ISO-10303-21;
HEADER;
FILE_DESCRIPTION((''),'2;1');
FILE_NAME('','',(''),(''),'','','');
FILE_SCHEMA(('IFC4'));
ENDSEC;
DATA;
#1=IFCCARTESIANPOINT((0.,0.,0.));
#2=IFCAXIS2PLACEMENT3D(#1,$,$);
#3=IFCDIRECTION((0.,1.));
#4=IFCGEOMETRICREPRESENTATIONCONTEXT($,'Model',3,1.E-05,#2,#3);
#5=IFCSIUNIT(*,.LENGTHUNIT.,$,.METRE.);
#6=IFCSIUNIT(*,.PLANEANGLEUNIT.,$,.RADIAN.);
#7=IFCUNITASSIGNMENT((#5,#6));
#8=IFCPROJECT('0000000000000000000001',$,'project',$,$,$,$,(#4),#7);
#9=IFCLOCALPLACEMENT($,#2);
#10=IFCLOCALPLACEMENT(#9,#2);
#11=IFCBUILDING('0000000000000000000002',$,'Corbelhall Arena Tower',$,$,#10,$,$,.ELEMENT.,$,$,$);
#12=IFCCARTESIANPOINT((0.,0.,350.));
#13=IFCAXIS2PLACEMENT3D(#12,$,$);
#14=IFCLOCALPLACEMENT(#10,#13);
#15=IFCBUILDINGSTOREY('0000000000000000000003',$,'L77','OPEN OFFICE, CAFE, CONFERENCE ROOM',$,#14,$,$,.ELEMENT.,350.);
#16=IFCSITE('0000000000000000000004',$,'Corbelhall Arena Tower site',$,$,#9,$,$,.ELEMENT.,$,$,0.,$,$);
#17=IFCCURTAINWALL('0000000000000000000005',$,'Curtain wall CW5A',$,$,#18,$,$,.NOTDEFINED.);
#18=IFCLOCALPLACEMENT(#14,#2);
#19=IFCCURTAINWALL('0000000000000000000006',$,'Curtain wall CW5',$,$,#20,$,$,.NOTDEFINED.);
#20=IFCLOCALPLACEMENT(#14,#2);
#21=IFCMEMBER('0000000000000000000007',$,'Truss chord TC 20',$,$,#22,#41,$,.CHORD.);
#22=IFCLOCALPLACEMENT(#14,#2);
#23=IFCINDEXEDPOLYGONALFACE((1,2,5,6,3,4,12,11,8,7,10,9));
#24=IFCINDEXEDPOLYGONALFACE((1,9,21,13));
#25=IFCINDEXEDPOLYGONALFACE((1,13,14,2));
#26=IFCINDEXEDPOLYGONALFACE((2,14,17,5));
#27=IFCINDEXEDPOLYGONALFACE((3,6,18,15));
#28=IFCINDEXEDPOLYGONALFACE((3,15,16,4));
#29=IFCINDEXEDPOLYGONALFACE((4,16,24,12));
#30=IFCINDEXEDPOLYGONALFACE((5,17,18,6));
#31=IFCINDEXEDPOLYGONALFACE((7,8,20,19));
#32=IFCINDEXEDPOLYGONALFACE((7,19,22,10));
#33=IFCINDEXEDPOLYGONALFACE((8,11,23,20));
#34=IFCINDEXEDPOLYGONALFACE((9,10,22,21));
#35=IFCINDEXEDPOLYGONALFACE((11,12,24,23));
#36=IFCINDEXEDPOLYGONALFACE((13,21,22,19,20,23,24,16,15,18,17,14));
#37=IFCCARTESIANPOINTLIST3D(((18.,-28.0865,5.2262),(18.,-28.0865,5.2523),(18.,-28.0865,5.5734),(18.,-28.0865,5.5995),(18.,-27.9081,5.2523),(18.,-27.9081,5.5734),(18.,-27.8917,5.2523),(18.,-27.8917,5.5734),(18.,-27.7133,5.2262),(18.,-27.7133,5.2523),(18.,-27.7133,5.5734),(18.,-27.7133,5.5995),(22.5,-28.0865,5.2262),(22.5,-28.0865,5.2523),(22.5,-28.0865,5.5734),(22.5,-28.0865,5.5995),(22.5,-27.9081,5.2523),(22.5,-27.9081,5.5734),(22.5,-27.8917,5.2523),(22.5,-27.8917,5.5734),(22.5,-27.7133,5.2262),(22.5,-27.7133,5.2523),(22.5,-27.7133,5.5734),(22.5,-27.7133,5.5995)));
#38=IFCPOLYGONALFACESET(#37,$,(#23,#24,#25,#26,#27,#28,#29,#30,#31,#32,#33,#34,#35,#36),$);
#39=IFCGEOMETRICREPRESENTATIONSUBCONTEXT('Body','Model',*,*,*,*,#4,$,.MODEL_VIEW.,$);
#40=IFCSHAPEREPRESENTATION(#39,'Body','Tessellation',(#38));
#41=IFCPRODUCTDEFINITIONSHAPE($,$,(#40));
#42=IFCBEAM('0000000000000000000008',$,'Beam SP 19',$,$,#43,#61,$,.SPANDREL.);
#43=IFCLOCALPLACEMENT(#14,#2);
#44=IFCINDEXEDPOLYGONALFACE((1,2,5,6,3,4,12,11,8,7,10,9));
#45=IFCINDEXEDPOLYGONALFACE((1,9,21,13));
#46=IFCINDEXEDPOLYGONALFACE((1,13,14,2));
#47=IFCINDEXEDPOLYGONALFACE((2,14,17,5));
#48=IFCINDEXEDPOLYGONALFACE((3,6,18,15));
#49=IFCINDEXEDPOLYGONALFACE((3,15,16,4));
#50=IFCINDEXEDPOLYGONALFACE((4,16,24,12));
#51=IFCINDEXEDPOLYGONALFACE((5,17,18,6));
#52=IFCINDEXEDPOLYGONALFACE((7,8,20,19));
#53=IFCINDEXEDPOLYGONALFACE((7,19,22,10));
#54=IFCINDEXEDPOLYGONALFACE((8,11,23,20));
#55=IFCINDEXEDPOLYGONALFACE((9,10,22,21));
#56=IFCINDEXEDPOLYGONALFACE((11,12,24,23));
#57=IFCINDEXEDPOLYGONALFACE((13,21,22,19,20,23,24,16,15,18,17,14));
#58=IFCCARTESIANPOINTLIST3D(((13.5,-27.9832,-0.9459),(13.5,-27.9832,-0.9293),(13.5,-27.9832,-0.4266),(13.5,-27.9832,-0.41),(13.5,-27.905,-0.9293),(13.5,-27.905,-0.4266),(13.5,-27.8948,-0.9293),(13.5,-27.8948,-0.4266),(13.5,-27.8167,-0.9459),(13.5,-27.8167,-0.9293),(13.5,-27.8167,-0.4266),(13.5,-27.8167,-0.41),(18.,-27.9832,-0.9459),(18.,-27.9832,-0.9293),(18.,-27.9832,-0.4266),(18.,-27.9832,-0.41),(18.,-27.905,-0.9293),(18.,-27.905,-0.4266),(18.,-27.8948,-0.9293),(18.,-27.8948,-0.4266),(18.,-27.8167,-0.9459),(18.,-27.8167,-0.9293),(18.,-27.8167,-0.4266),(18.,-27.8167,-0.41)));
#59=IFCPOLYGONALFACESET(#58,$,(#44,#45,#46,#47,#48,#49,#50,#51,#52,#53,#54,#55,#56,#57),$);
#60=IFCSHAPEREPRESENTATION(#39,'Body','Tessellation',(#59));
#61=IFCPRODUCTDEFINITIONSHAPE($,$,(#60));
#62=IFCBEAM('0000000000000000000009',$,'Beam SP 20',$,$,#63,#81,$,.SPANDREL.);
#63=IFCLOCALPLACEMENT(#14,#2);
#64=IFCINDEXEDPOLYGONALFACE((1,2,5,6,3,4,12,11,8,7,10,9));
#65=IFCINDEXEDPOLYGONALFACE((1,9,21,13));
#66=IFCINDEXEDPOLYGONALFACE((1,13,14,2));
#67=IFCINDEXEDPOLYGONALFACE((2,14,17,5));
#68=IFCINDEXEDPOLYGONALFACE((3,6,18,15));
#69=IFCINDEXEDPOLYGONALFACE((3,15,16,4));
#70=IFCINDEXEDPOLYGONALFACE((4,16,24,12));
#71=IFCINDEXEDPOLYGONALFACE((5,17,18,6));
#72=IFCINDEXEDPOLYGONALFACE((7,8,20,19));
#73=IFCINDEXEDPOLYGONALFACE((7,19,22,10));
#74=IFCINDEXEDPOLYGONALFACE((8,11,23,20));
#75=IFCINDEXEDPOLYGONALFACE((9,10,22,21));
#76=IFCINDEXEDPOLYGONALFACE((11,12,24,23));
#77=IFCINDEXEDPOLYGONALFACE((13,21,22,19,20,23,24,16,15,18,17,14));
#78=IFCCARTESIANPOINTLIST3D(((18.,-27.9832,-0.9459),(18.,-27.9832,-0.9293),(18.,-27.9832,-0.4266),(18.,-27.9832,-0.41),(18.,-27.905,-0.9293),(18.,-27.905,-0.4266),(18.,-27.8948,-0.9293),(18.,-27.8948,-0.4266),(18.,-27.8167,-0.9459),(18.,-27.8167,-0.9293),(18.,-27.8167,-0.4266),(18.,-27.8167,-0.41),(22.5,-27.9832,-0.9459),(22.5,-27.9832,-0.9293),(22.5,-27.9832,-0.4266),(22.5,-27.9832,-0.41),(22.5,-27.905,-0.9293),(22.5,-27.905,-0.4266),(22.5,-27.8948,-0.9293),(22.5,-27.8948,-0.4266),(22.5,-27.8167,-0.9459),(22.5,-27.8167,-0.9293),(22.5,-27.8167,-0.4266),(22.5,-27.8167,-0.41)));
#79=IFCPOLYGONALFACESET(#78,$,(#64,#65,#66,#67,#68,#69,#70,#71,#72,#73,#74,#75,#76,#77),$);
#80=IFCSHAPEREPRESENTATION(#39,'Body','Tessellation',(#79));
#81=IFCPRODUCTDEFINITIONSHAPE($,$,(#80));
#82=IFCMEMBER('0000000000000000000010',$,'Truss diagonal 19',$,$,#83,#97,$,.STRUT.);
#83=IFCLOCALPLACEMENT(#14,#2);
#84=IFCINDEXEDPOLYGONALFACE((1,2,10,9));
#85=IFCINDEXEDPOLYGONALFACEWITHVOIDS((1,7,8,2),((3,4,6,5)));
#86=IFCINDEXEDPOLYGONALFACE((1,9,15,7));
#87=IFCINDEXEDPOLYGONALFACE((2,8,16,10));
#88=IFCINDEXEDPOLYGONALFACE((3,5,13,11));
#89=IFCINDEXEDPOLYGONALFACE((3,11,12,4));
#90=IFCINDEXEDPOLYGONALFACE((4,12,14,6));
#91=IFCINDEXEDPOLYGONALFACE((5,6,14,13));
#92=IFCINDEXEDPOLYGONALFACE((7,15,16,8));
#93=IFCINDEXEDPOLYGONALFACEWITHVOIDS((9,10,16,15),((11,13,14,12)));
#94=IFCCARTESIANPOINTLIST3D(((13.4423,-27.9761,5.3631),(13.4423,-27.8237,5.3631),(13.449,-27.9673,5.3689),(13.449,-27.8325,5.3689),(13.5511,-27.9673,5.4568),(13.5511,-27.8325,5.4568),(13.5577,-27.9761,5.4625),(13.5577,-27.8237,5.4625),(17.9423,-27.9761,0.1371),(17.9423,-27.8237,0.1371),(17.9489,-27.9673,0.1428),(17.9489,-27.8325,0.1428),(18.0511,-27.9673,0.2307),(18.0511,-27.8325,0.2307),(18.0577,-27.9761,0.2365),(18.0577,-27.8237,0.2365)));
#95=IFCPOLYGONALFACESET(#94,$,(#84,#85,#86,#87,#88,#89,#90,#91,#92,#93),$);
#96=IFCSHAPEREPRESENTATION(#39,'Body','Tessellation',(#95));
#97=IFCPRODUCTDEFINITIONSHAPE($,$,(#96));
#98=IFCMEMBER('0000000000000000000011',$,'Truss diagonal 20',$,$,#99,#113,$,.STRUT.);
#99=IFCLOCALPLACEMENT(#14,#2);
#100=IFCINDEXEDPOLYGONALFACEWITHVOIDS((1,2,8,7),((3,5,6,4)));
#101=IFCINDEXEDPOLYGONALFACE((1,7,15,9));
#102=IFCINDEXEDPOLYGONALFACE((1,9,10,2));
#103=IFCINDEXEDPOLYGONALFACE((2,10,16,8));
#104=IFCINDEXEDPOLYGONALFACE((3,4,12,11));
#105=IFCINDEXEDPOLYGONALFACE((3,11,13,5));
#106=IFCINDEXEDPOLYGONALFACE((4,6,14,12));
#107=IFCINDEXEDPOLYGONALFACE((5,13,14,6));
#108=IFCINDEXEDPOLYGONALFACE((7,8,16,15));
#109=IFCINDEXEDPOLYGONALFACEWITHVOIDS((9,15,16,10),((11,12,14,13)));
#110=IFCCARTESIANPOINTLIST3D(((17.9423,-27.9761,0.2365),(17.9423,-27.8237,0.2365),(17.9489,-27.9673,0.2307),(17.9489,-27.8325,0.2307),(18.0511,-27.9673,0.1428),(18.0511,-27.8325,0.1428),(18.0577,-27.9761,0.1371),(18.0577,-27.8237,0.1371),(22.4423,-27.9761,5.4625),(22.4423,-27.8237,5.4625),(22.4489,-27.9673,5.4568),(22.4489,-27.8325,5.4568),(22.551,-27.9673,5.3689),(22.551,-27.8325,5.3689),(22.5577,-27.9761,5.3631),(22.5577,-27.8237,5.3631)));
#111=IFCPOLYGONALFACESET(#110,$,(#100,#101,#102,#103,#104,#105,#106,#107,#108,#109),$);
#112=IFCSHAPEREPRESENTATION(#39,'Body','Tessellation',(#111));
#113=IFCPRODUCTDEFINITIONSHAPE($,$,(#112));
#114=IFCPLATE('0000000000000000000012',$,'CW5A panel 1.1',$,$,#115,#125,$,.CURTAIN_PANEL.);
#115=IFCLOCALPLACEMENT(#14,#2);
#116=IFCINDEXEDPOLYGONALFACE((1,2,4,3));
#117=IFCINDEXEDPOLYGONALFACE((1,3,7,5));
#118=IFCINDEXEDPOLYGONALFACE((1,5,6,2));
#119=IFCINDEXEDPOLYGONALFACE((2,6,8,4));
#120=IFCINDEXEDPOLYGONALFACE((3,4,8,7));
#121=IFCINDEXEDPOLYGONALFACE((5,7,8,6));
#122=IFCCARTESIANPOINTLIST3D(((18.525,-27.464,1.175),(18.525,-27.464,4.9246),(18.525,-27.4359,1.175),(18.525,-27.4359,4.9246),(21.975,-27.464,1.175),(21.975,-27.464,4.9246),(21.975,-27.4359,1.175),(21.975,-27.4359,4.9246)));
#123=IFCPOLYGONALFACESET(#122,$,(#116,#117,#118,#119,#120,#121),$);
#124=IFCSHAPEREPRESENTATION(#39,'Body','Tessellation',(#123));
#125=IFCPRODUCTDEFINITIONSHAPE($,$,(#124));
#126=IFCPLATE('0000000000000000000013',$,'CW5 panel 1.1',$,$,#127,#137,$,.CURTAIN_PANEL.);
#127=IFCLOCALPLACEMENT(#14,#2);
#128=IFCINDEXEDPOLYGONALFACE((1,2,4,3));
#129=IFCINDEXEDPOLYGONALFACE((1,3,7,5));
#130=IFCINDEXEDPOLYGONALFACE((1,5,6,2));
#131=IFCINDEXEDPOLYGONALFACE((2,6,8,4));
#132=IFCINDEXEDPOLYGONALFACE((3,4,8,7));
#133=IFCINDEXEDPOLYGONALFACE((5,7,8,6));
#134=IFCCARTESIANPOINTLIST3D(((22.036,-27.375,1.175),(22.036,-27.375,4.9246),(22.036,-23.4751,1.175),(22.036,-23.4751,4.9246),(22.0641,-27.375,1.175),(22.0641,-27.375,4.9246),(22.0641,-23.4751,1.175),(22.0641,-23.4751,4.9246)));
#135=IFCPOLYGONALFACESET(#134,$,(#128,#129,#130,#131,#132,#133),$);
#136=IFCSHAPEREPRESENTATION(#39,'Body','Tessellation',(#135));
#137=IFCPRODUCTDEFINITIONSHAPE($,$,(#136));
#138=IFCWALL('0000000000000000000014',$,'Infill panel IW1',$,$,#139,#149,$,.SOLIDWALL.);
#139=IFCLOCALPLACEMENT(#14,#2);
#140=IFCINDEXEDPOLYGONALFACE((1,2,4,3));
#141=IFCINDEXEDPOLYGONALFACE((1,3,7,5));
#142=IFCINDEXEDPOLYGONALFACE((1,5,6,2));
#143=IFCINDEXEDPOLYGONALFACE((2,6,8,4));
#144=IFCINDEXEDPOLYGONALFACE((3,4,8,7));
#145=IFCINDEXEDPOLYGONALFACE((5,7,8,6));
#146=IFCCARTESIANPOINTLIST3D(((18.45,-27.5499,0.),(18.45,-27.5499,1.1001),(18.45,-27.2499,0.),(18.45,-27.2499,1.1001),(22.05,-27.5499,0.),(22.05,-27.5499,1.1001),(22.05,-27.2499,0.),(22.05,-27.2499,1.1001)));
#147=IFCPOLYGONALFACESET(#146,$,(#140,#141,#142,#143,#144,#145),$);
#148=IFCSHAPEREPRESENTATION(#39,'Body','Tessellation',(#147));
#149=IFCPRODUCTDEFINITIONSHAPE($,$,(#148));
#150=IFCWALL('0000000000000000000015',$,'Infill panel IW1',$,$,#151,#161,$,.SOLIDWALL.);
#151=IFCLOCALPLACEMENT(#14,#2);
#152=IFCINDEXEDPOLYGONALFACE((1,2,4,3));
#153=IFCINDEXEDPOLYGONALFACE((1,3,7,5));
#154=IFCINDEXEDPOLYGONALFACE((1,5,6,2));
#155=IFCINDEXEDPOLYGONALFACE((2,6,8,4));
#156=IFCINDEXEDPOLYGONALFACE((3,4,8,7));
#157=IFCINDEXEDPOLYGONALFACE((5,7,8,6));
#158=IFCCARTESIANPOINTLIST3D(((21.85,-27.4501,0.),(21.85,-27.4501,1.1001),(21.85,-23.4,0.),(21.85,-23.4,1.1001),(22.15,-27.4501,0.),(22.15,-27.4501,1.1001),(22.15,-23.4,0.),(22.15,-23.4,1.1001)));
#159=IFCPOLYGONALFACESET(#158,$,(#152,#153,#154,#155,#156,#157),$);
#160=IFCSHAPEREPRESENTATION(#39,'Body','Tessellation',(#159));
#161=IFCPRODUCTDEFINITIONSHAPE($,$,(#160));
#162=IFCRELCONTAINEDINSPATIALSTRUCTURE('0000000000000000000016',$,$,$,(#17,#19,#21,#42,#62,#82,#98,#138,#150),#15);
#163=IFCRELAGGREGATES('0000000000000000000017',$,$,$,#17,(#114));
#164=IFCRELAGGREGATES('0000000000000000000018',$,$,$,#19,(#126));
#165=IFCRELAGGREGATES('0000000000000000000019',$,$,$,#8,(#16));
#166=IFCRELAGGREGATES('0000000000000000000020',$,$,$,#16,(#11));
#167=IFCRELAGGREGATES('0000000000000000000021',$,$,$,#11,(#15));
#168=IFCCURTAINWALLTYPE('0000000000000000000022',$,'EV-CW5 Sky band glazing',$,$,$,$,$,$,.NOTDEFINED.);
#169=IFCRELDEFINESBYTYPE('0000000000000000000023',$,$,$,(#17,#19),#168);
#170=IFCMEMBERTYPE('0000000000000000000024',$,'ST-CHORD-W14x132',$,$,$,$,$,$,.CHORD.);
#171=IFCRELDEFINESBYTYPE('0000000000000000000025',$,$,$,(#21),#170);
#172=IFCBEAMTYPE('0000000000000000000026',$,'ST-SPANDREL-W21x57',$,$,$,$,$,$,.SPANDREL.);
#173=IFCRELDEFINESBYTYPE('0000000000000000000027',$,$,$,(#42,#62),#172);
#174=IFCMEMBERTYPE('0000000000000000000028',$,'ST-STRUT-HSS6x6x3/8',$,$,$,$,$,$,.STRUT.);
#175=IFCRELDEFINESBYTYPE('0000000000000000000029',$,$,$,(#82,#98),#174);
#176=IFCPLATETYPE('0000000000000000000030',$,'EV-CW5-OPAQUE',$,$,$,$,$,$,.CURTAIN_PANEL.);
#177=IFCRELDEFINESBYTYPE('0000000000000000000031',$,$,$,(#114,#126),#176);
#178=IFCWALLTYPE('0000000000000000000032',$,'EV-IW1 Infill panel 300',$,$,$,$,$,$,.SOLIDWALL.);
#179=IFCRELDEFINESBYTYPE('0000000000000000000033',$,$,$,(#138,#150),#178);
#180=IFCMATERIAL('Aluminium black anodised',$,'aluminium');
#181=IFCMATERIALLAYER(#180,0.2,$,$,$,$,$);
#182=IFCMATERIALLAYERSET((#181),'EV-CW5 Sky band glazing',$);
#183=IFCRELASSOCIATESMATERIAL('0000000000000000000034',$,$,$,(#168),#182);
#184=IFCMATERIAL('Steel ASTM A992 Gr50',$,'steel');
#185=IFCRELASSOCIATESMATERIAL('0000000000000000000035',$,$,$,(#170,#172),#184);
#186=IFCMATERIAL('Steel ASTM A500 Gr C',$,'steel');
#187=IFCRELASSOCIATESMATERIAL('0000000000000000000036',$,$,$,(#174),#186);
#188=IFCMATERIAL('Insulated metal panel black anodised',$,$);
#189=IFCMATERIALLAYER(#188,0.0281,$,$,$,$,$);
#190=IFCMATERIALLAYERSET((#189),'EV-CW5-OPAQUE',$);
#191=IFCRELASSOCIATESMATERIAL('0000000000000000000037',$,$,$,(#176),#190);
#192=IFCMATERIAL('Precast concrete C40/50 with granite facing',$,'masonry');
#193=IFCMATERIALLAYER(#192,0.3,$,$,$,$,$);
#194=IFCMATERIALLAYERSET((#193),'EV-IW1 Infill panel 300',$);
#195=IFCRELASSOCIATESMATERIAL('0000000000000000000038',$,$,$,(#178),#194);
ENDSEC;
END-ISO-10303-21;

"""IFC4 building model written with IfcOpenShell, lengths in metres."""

from ifc_helpers import new_model, si_unit, direction, frame, frame_2d, origin, origin_2d, place, context, subcontext, project, spatial, rectangle, hollow_rectangle, i_section, extrude, material, layer, layer_set, material_profile, profile_set, type_object, element, aggregate, save


model = new_model("IFC4")

# Units and contexts
model_context = context("Model", 3, precision=1e-05, world=origin(), true_north=direction((0.0, 1.0)))
body_context = subcontext(model_context, "Body", "Model", "MODEL_VIEW")
ifc_project = project(units=[si_unit("LENGTHUNIT", "METRE"), si_unit("PLANEANGLEUNIT", "RADIAN")], contexts=[model_context])

# Site, building, storey
site_placement = place(None, origin())
site = spatial("IfcSite", under=ifc_project, at=site_placement, Name="Corbelhall Arena Tower site", CompositionType="ELEMENT", RefElevation=0.0)
building_placement = place(site_placement, origin())
building = spatial("IfcBuilding", under=site, at=building_placement, Name="Corbelhall Arena Tower", CompositionType="ELEMENT")
storey_placement = place(building_placement, frame((0.0, 0.0, 350.0)))
storey = spatial("IfcBuildingStorey", under=building, at=storey_placement, Name="L77", Description="OPEN OFFICE, CAFE, CONFERENCE ROOM", CompositionType="ELEMENT", Elevation=350.0)

# Curtain walls
ifc_material_1 = material(Name="Aluminium black anodised", Category="aluminium")
ifc_layer_1 = layer(ifc_material_1, 0.2)
ifc_layer_set_1 = layer_set([ifc_layer_1], Name="EV-CW5 Sky band glazing")
curtain_wall_type = type_object("IfcCurtainWallType", Name="EV-CW5 Sky band glazing", PredefinedType="NOTDEFINED", material=ifc_layer_set_1)
curtain_wall_1_placement = place(storey_placement, origin())
curtain_wall_1 = element("IfcCurtainWall", 1, at=curtain_wall_1_placement, inside=storey, type_object=curtain_wall_type, Name="Curtain wall CW5A", PredefinedType="NOTDEFINED")
curtain_wall_2_placement = place(storey_placement, origin())
curtain_wall_2 = element("IfcCurtainWall", 2, at=curtain_wall_2_placement, inside=storey, type_object=curtain_wall_type, Name="Curtain wall CW5", PredefinedType="NOTDEFINED")

# Member
ifc_material_2 = material(Name="Steel ASTM A992 Gr50", Category="steel")
ifc_material_profile_1 = material_profile(ifc_material_2, i_section(OverallWidth=0.3733, OverallDepth=0.3733, WebThickness=0.0164, FlangeThickness=0.0261, at=origin_2d()))
ifc_profile_set_1 = profile_set([ifc_material_profile_1], Name="Steel ASTM A992 Gr50")
member_type_1 = type_object("IfcMemberType", Name="ST-CHORD-W14x132", PredefinedType="CHORD", material=ifc_profile_set_1)
for number, where, z_axis, x_axis, name in (
    (3, (22.5, -27.8999, 5.4128), (-1.0, 0.0, 0.0), (0.0, -1.0, 0.0), "Truss chord TC 20"),
):
    element("IfcMember", number, at=place(storey_placement, frame(where, z_axis=z_axis, x_axis=x_axis)), inside=storey, type_object=member_type_1, Name=name, PredefinedType="CHORD", context=body_context, shape_type="SweptSolid", body=[
        extrude(i_section(OverallWidth=0.3733, OverallDepth=0.3733, WebThickness=0.0164, FlangeThickness=0.0261, at=origin_2d()), origin(), (0.0, 0.0, 1.0), 4.5),
    ])

# Beams
ifc_material_profile_2 = material_profile(ifc_material_2, i_section(OverallWidth=0.1665, OverallDepth=0.5359, WebThickness=0.0103, FlangeThickness=0.0166, at=origin_2d()))
ifc_profile_set_2 = profile_set([ifc_material_profile_2], Name="Steel ASTM A992 Gr50")
beam_type = type_object("IfcBeamType", Name="ST-SPANDREL-W21x57", PredefinedType="SPANDREL", material=ifc_profile_set_2)
for number, where, z_axis, x_axis, name in (
    (4, (18.0, -27.8999, -0.678), (-1.0, 0.0, 0.0), (0.0, -1.0, 0.0), "Beam SP 19"),
    (5, (22.5, -27.8999, -0.678), (-1.0, 0.0, 0.0), (0.0, -1.0, 0.0), "Beam SP 20"),
):
    element("IfcBeam", number, at=place(storey_placement, frame(where, z_axis=z_axis, x_axis=x_axis)), inside=storey, type_object=beam_type, Name=name, PredefinedType="SPANDREL", context=body_context, shape_type="SweptSolid", body=[
        extrude(i_section(OverallWidth=0.1665, OverallDepth=0.5359, WebThickness=0.0103, FlangeThickness=0.0166, at=origin_2d()), origin(), (0.0, 0.0, 1.0), 4.5),
    ])

# Members
ifc_material_3 = material(Name="Steel ASTM A500 Gr C", Category="steel")
ifc_material_profile_3 = material_profile(ifc_material_3, hollow_rectangle(XDim=0.1523, YDim=0.1523, WallThickness=0.0088, at=origin_2d()))
ifc_profile_set_3 = profile_set([ifc_material_profile_3], Name="Steel ASTM A500 Gr C")
member_type_2 = type_object("IfcMemberType", Name="ST-STRUT-HSS6x6x3/8", PredefinedType="STRUT", material=ifc_profile_set_3)
for number, where, z_axis, x_axis, name in (
    (6, (18.0, -27.8999, 0.1868), (-0.652504, 0.0, 0.757785), (0.0, -1.0, 0.0), "Truss diagonal 19"),
    (7, (18.0, -27.8999, 0.1868), (0.652504, 0.0, 0.757785), (0.0, 1.0, 0.0), "Truss diagonal 20"),
):
    element("IfcMember", number, at=place(storey_placement, frame(where, z_axis=z_axis, x_axis=x_axis)), inside=storey, type_object=member_type_2, Name=name, PredefinedType="STRUT", context=body_context, shape_type="SweptSolid", body=[
        extrude(hollow_rectangle(XDim=0.1523, YDim=0.1523, WallThickness=0.0088, at=origin_2d()), origin(), (0.0, 0.0, 1.0), 6.8965),
    ])

# Plates
ifc_material_4 = material(Name="Insulated metal panel black anodised")
ifc_layer_2 = layer(ifc_material_4, 0.0281)
ifc_layer_set_2 = layer_set([ifc_layer_2], Name="EV-CW5-OPAQUE")
plate_type = type_object("IfcPlateType", Name="EV-CW5-OPAQUE", PredefinedType="CURTAIN_PANEL", material=ifc_layer_set_2)
plate_1_placement = place(storey_placement, frame((20.25, -27.45, 1.175), z_axis=(0.0, 0.0, 1.0), x_axis=(1.0, 0.0, 0.0)))
plate_1 = element("IfcPlate", 8, at=plate_1_placement, type_object=plate_type, Name="CW5A panel 1.1", PredefinedType="CURTAIN_PANEL", context=body_context, shape_type="SweptSolid", body=[
    extrude(rectangle(XDim=3.45, YDim=0.0281, at=origin_2d()), origin(), (0.0, 0.0, 1.0), 3.7495),
])
aggregate(curtain_wall_1, [plate_1])
plate_2_placement = place(storey_placement, frame((22.05, -25.425, 1.175), z_axis=(0.0, 0.0, 1.0), x_axis=(0.0, 1.0, 0.0)))
plate_2 = element("IfcPlate", 9, at=plate_2_placement, type_object=plate_type, Name="CW5 panel 1.1", PredefinedType="CURTAIN_PANEL", context=body_context, shape_type="SweptSolid", body=[
    extrude(rectangle(XDim=3.8999, YDim=0.0281, at=origin_2d()), origin(), (0.0, 0.0, 1.0), 3.7495),
])
aggregate(curtain_wall_2, [plate_2])

# Walls
ifc_material_5 = material(Name="Precast concrete C40/50 with granite facing", Category="masonry")
ifc_layer_3 = layer(ifc_material_5, 0.3)
ifc_layer_set_3 = layer_set([ifc_layer_3], Name="EV-IW1 Infill panel 300")
wall_type = type_object("IfcWallType", Name="EV-IW1 Infill panel 300", PredefinedType="SOLIDWALL", material=ifc_layer_set_3)
wall_1_placement = place(storey_placement, frame((18.45, -27.3999, 0.0), z_axis=(0.0, 0.0, 1.0), x_axis=(1.0, 0.0, 0.0)))
element("IfcWall", 10, at=wall_1_placement, inside=storey, type_object=wall_type, Name="Infill panel IW1", PredefinedType="SOLIDWALL", context=body_context, shape_type="SweptSolid", body=[
    extrude(rectangle(XDim=3.6001, YDim=0.3, at=frame_2d((1.8, 0.0))), origin(), (0.0, 0.0, 1.0), 1.1001),
])
wall_2_placement = place(storey_placement, frame((22.0, -27.45, 0.0), z_axis=(0.0, 0.0, 1.0), x_axis=(0.0, 1.0, 0.0)))
element("IfcWall", 11, at=wall_2_placement, inside=storey, type_object=wall_type, Name="Infill panel IW1", PredefinedType="SOLIDWALL", context=body_context, shape_type="SweptSolid", body=[
    extrude(rectangle(XDim=4.05, YDim=0.3, at=frame_2d((2.0249, 0.0))), origin(), (0.0, 0.0, 1.0), 1.1001),
])

save(model, "model.ifc")
